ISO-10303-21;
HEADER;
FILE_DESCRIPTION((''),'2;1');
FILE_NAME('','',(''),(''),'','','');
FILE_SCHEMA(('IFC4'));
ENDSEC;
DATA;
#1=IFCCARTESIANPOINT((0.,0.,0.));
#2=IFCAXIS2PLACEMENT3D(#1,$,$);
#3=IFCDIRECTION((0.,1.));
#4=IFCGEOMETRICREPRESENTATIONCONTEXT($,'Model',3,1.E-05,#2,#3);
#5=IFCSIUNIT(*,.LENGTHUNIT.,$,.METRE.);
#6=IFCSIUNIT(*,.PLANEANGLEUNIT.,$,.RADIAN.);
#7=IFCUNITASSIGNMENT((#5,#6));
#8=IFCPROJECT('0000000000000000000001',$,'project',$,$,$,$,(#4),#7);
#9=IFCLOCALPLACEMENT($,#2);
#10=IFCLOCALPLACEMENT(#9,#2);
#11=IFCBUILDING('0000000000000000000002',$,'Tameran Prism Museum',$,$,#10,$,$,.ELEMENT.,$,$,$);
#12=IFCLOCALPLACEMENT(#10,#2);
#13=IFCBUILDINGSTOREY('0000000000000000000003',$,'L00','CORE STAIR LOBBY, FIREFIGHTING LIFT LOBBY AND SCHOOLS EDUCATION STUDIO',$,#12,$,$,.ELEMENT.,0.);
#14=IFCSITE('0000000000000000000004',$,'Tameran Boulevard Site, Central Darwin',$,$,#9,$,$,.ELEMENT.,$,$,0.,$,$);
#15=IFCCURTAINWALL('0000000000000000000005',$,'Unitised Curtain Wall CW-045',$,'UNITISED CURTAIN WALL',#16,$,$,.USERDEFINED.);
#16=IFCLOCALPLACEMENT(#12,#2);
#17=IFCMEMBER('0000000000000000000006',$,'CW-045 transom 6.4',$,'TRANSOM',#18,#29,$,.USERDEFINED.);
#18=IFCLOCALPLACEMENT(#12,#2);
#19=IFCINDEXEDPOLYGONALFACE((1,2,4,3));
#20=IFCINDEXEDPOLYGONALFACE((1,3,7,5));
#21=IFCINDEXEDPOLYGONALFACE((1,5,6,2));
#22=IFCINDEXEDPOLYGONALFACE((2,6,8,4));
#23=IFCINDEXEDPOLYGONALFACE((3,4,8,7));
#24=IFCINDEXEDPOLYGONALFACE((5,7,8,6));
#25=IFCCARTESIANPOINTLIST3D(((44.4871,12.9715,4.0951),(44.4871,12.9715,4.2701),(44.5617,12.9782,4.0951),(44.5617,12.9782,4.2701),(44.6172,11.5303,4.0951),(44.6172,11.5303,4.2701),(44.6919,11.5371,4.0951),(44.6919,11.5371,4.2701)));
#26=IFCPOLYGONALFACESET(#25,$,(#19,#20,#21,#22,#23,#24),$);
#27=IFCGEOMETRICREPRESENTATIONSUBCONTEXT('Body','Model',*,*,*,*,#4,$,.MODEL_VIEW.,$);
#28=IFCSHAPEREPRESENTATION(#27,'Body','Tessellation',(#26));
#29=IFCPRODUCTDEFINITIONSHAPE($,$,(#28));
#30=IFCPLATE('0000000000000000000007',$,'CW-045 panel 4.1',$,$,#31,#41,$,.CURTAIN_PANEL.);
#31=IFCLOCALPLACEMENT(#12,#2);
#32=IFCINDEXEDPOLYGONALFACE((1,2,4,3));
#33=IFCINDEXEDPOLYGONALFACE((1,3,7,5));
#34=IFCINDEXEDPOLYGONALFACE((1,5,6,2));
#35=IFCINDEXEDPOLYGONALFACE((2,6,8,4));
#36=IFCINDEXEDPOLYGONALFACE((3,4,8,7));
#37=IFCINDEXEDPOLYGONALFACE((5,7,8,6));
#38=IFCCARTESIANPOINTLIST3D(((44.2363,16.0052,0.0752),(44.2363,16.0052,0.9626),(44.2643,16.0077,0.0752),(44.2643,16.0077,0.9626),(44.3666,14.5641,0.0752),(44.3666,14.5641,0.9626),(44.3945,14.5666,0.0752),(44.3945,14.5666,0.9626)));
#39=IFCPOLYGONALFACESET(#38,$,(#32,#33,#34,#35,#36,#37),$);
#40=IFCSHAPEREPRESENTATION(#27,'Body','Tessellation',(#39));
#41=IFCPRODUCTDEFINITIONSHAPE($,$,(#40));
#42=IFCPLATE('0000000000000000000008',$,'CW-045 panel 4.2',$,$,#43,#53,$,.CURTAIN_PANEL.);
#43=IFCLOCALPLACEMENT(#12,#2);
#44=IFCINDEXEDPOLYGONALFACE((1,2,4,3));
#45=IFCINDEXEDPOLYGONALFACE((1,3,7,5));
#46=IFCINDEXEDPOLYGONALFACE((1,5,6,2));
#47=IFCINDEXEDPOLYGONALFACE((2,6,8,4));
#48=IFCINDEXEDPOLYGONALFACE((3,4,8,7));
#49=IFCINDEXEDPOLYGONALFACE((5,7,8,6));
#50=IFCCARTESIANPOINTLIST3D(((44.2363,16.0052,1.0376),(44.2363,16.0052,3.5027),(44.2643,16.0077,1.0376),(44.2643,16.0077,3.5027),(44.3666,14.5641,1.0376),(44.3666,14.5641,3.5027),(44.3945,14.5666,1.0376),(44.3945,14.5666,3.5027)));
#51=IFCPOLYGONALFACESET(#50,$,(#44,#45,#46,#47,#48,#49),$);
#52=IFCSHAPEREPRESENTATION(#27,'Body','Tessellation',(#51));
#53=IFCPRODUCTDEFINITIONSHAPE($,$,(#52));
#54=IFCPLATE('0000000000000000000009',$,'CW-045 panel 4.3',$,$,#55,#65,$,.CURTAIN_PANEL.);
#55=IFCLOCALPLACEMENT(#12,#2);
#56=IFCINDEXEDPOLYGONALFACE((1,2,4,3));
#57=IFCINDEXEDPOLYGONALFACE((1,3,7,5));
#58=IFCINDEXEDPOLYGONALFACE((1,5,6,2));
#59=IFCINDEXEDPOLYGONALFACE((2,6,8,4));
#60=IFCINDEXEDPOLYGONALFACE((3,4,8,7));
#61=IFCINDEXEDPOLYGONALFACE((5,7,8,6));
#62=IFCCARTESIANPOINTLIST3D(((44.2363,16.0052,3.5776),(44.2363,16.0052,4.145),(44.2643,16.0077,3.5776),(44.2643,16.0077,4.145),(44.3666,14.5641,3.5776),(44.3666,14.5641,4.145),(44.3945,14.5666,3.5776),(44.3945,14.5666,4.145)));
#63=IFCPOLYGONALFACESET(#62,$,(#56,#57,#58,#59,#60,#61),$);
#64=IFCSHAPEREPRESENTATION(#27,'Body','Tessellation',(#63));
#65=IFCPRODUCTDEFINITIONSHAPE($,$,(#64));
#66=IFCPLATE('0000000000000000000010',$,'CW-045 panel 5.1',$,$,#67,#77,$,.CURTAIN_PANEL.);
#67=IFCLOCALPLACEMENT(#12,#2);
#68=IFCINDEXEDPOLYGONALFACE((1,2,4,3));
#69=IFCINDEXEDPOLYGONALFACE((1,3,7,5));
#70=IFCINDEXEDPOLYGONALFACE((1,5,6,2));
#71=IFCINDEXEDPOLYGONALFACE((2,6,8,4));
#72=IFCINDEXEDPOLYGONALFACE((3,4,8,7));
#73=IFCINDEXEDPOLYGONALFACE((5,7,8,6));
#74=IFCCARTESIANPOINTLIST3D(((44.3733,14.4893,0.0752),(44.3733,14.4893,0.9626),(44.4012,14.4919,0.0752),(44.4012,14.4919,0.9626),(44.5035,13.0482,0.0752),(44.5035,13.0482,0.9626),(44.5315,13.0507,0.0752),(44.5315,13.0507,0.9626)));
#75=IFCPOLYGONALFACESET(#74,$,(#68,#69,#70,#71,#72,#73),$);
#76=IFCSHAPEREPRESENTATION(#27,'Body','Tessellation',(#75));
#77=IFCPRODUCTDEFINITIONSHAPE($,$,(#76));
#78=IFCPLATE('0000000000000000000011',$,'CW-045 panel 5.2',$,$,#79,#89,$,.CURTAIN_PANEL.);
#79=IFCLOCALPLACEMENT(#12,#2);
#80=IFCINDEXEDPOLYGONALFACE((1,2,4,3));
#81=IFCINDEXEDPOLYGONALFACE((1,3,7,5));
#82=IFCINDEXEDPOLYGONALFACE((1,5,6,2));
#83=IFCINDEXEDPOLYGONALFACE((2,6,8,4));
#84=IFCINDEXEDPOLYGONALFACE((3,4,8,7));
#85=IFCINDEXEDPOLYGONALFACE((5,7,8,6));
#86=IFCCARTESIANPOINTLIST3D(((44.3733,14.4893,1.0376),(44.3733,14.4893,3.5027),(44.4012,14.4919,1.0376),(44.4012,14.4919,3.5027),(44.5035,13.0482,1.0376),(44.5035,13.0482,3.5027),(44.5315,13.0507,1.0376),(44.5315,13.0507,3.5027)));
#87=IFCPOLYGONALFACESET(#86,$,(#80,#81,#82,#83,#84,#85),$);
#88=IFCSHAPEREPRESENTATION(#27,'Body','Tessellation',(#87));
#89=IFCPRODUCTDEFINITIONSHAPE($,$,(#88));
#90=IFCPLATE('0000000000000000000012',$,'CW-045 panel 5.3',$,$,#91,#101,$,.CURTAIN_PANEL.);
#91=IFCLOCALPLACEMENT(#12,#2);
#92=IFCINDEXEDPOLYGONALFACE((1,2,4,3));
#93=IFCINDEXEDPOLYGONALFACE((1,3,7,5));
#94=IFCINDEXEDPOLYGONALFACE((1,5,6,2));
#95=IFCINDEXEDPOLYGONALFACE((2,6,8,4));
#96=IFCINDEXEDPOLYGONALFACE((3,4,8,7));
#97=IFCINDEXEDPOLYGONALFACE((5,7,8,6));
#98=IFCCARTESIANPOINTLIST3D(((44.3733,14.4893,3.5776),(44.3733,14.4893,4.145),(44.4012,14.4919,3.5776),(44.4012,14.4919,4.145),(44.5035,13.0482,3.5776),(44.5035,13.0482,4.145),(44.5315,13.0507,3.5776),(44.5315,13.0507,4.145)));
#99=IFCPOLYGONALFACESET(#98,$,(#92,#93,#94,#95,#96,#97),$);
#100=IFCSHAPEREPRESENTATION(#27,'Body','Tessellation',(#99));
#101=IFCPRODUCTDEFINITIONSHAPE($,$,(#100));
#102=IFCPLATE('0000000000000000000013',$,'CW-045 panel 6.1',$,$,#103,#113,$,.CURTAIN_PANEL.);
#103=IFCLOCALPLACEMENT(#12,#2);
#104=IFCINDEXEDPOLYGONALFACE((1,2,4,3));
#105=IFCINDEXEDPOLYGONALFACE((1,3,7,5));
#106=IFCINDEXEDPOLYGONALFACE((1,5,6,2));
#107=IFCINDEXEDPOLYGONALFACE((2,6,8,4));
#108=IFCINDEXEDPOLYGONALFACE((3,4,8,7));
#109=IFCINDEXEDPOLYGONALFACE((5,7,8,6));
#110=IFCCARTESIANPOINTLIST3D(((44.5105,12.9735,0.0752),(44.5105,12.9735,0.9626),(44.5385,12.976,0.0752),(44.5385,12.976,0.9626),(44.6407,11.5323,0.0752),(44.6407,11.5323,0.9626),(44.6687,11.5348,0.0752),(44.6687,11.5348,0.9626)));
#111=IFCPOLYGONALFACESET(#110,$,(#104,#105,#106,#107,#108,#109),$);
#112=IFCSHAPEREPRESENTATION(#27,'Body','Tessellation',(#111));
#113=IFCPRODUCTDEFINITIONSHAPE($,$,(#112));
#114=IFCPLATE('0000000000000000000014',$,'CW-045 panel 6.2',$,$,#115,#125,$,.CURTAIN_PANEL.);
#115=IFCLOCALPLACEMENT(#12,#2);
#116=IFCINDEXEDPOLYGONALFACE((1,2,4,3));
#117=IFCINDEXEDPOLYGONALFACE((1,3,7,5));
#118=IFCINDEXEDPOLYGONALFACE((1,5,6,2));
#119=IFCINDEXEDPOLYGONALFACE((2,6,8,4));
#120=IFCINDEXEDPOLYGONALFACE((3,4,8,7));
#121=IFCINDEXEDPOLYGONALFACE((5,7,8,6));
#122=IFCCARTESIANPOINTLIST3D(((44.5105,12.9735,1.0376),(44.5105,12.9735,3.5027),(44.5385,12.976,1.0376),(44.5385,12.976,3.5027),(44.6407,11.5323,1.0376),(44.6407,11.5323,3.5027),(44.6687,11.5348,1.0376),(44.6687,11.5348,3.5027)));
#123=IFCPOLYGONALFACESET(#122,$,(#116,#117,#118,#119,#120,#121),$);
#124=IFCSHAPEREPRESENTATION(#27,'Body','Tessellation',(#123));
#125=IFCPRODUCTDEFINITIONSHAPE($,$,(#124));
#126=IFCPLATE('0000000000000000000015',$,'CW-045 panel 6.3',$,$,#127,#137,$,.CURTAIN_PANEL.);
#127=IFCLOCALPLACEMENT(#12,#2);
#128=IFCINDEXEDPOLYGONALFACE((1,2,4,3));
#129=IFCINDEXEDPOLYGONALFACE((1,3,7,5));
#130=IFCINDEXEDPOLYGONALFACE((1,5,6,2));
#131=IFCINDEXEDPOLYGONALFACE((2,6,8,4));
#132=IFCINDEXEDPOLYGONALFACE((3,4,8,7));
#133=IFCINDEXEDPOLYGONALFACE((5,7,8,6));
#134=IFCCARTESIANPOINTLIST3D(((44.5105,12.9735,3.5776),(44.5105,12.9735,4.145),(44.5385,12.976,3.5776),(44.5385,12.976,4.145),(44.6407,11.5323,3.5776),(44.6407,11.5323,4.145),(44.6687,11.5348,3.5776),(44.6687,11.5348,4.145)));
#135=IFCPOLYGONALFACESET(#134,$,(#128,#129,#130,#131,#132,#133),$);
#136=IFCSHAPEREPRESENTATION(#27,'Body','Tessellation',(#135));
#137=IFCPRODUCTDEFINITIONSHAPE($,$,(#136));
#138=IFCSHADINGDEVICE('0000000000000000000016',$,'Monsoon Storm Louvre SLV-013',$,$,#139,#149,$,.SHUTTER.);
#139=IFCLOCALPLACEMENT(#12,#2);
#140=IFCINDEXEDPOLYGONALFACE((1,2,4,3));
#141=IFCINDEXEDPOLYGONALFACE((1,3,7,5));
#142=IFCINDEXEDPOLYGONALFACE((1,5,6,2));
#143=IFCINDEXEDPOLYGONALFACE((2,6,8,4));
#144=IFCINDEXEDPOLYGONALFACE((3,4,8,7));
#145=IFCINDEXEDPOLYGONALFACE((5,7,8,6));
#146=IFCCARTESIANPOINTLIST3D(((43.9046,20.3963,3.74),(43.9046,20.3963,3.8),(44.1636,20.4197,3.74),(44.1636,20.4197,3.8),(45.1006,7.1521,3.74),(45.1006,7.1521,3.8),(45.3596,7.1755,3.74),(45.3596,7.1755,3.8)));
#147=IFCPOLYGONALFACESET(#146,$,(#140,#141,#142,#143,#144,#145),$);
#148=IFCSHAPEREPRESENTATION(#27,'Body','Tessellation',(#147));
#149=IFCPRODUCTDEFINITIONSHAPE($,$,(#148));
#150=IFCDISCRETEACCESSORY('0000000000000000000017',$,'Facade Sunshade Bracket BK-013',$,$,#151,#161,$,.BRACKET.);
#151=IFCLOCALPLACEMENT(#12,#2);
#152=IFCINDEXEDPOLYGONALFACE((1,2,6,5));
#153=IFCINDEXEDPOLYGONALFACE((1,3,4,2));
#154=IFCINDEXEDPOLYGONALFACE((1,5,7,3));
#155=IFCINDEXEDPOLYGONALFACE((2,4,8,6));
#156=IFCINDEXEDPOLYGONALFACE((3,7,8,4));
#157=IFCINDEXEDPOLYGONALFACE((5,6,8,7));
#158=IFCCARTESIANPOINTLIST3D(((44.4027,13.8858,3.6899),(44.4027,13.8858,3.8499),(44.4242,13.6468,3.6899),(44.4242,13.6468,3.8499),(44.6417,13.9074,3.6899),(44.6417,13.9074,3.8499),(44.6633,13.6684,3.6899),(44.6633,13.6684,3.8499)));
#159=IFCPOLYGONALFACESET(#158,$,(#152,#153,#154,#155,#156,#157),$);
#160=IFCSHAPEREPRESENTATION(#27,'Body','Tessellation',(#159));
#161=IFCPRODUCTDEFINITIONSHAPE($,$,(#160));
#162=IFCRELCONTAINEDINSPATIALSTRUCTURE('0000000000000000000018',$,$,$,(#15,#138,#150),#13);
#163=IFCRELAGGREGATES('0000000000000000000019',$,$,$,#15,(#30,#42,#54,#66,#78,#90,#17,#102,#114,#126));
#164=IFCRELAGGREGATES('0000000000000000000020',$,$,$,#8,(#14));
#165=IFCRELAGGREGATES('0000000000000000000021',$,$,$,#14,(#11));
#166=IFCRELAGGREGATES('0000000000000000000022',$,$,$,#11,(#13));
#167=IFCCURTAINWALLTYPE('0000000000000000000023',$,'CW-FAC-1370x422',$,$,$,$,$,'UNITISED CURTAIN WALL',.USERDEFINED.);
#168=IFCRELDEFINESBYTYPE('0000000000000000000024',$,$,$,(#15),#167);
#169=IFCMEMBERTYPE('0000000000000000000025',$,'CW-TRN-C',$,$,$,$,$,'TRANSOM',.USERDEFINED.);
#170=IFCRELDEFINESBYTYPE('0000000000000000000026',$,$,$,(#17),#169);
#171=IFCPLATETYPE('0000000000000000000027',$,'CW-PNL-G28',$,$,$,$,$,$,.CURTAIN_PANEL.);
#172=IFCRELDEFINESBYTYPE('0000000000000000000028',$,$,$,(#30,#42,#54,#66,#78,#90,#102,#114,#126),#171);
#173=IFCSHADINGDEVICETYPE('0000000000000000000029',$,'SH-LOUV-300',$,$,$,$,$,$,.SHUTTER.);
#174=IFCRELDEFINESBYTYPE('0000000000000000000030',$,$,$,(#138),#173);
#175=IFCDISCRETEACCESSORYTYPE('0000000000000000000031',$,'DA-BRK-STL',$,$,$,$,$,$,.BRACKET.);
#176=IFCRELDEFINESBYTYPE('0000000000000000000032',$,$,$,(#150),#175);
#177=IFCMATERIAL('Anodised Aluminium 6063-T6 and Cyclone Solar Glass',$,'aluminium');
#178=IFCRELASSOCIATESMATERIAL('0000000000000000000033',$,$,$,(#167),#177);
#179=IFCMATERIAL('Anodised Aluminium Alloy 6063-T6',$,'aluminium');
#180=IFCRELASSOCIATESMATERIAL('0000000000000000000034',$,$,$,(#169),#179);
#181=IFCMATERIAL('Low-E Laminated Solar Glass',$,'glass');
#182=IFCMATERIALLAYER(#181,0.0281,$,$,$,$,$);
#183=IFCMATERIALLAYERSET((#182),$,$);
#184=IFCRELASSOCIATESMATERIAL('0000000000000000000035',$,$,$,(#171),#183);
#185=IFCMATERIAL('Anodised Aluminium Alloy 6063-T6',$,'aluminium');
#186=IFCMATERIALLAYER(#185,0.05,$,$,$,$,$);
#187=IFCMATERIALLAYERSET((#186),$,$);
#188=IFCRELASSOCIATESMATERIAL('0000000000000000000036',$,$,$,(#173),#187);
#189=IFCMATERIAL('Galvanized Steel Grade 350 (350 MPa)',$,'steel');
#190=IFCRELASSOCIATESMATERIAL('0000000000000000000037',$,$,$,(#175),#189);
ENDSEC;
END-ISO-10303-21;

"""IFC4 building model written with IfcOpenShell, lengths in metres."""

from ifc_helpers import new_model, si_unit, direction, frame, origin, origin_2d, place, context, subcontext, project, spatial, rectangle, extrude, material, layer, layer_set, material_profile, profile_set, type_object, element, aggregate, save


model = new_model("IFC4")

# Units and contexts
model_context = context("Model", 3, precision=1e-05, world=origin(), true_north=direction((0.0, 1.0)))
body_context = subcontext(model_context, "Body", "Model", "MODEL_VIEW")
ifc_project = project(units=[si_unit("LENGTHUNIT", "METRE"), si_unit("PLANEANGLEUNIT", "RADIAN")], contexts=[model_context])

# Site, building, storey
site_placement = place(None, origin())
site = spatial("IfcSite", under=ifc_project, at=site_placement, Name="Tameran Boulevard Site, Central Darwin", CompositionType="ELEMENT", RefElevation=0.0)
building_placement = place(site_placement, origin())
building = spatial("IfcBuilding", under=site, at=building_placement, Name="Tameran Prism Museum", CompositionType="ELEMENT")
storey_placement = place(building_placement, origin())
storey = spatial("IfcBuildingStorey", under=building, at=storey_placement, Name="L00", Description="CORE STAIR LOBBY, FIREFIGHTING LIFT LOBBY AND SCHOOLS EDUCATION STUDIO", CompositionType="ELEMENT", Elevation=0.0)

# Curtain wall, member, plates
ifc_material_1 = material(Name="Anodised Aluminium 6063-T6 and Cyclone Solar Glass", Category="aluminium")
curtain_wall_type = type_object("IfcCurtainWallType", Name="CW-FAC-1370x422", ElementType="UNITISED CURTAIN WALL", PredefinedType="USERDEFINED", material=ifc_material_1)
curtain_wall_placement = place(storey_placement, origin())
curtain_wall = element("IfcCurtainWall", 1, at=curtain_wall_placement, inside=storey, type_object=curtain_wall_type, Name="Unitised Curtain Wall CW-045", ObjectType="UNITISED CURTAIN WALL", PredefinedType="USERDEFINED")
ifc_material_2 = material(Name="Anodised Aluminium Alloy 6063-T6", Category="aluminium")
ifc_material_profile_1 = material_profile(ifc_material_2, rectangle(XDim=0.075, YDim=0.175, at=origin_2d()))
ifc_profile_set_1 = profile_set([ifc_material_profile_1])
member_type_1 = type_object("IfcMemberType", Name="CW-TRN-C", ElementType="TRANSOM", PredefinedType="USERDEFINED", material=ifc_profile_set_1)
member_1_placement = place(storey_placement, frame((44.5244, 12.9749, 4.1826), z_axis=(0.089927, -0.995948, 0.0), x_axis=(0.995948, 0.089927, 0.0)))
member_1 = element("IfcMember", 2, at=member_1_placement, type_object=member_type_1, Name="CW-045 transom 6.4", ObjectType="TRANSOM", PredefinedType="USERDEFINED", context=body_context, shape_type="SweptSolid", body=[
    extrude(rectangle(XDim=0.075, YDim=0.175, at=origin_2d()), origin(), (0.0, 0.0, 1.0), 1.447),
])
ifc_material_3 = material(Name="Low-E Laminated Solar Glass", Category="glass")
ifc_layer_1 = layer(ifc_material_3, 0.0281)
ifc_layer_set_1 = layer_set([ifc_layer_1])
plate_type = type_object("IfcPlateType", Name="CW-PNL-G28", PredefinedType="CURTAIN_PANEL", material=ifc_layer_set_1)
plate_1_placement = place(storey_placement, frame((44.3154, 15.2859, 0.0752), z_axis=(0.0, 0.0, 1.0), x_axis=(0.090016, -0.99594, 0.0)))
plate_1 = element("IfcPlate", 3, at=plate_1_placement, type_object=plate_type, Name="CW-045 panel 4.1", PredefinedType="CURTAIN_PANEL", context=body_context, shape_type="SweptSolid", body=[
    extrude(rectangle(XDim=1.447, YDim=0.0281, at=origin_2d()), origin(), (0.0, 0.0, 1.0), 0.8875),
])
plate_2_placement = place(storey_placement, frame((44.3154, 15.2859, 1.0376), z_axis=(0.0, 0.0, 1.0), x_axis=(0.090016, -0.99594, 0.0)))
plate_2 = element("IfcPlate", 4, at=plate_2_placement, type_object=plate_type, Name="CW-045 panel 4.2", PredefinedType="CURTAIN_PANEL", context=body_context, shape_type="SweptSolid", body=[
    extrude(rectangle(XDim=1.447, YDim=0.0281, at=origin_2d()), origin(), (0.0, 0.0, 1.0), 2.4651),
])
plate_3_placement = place(storey_placement, frame((44.3154, 15.2859, 3.5776), z_axis=(0.0, 0.0, 1.0), x_axis=(0.090016, -0.99594, 0.0)))
plate_3 = element("IfcPlate", 5, at=plate_3_placement, type_object=plate_type, Name="CW-045 panel 4.3", PredefinedType="CURTAIN_PANEL", context=body_context, shape_type="SweptSolid", body=[
    extrude(rectangle(XDim=1.447, YDim=0.0281, at=origin_2d()), origin(), (0.0, 0.0, 1.0), 0.5674),
])
plate_4_placement = place(storey_placement, frame((44.4524, 13.77, 0.0752), z_axis=(0.0, 0.0, 1.0), x_axis=(0.090016, -0.99594, 0.0)))
plate_4 = element("IfcPlate", 6, at=plate_4_placement, type_object=plate_type, Name="CW-045 panel 5.1", PredefinedType="CURTAIN_PANEL", context=body_context, shape_type="SweptSolid", body=[
    extrude(rectangle(XDim=1.447, YDim=0.0281, at=origin_2d()), origin(), (0.0, 0.0, 1.0), 0.8875),
])
plate_5_placement = place(storey_placement, frame((44.4524, 13.77, 1.0376), z_axis=(0.0, 0.0, 1.0), x_axis=(0.090016, -0.99594, 0.0)))
plate_5 = element("IfcPlate", 7, at=plate_5_placement, type_object=plate_type, Name="CW-045 panel 5.2", PredefinedType="CURTAIN_PANEL", context=body_context, shape_type="SweptSolid", body=[
    extrude(rectangle(XDim=1.447, YDim=0.0281, at=origin_2d()), origin(), (0.0, 0.0, 1.0), 2.4651),
])
plate_6_placement = place(storey_placement, frame((44.4524, 13.77, 3.5776), z_axis=(0.0, 0.0, 1.0), x_axis=(0.090016, -0.99594, 0.0)))
plate_6 = element("IfcPlate", 8, at=plate_6_placement, type_object=plate_type, Name="CW-045 panel 5.3", PredefinedType="CURTAIN_PANEL", context=body_context, shape_type="SweptSolid", body=[
    extrude(rectangle(XDim=1.447, YDim=0.0281, at=origin_2d()), origin(), (0.0, 0.0, 1.0), 0.5674),
])
plate_7_placement = place(storey_placement, frame((44.5896, 12.2542, 0.0752), z_axis=(0.0, 0.0, 1.0), x_axis=(0.090016, -0.99594, 0.0)))
plate_7 = element("IfcPlate", 9, at=plate_7_placement, type_object=plate_type, Name="CW-045 panel 6.1", PredefinedType="CURTAIN_PANEL", context=body_context, shape_type="SweptSolid", body=[
    extrude(rectangle(XDim=1.447, YDim=0.0281, at=origin_2d()), origin(), (0.0, 0.0, 1.0), 0.8875),
])
plate_8_placement = place(storey_placement, frame((44.5896, 12.2542, 1.0376), z_axis=(0.0, 0.0, 1.0), x_axis=(0.090016, -0.99594, 0.0)))
plate_8 = element("IfcPlate", 10, at=plate_8_placement, type_object=plate_type, Name="CW-045 panel 6.2", PredefinedType="CURTAIN_PANEL", context=body_context, shape_type="SweptSolid", body=[
    extrude(rectangle(XDim=1.447, YDim=0.0281, at=origin_2d()), origin(), (0.0, 0.0, 1.0), 2.4651),
])
plate_9_placement = place(storey_placement, frame((44.5896, 12.2542, 3.5776), z_axis=(0.0, 0.0, 1.0), x_axis=(0.090016, -0.99594, 0.0)))
plate_9 = element("IfcPlate", 11, at=plate_9_placement, type_object=plate_type, Name="CW-045 panel 6.3", PredefinedType="CURTAIN_PANEL", context=body_context, shape_type="SweptSolid", body=[
    extrude(rectangle(XDim=1.447, YDim=0.0281, at=origin_2d()), origin(), (0.0, 0.0, 1.0), 0.5674),
])
aggregate(curtain_wall, [plate_1, plate_2, plate_3, plate_4, plate_5, plate_6, member_1, plate_7, plate_8, plate_9])

# Shading device
ifc_material_4 = material(Name="Anodised Aluminium Alloy 6063-T6", Category="aluminium")
ifc_layer_2 = layer(ifc_material_4, 0.05)
ifc_layer_set_2 = layer_set([ifc_layer_2])
shading_device_type = type_object("IfcShadingDeviceType", Name="SH-LOUV-300", PredefinedType="SHUTTER", material=ifc_layer_set_2)
shading_device_placement = place(storey_placement, frame((44.6321, 13.7859, 3.74), z_axis=(0.0, 0.0, 1.0), x_axis=(0.089937, -0.995947, 0.0)))
element("IfcShadingDevice", 12, at=shading_device_placement, inside=storey, type_object=shading_device_type, Name="Monsoon Storm Louvre SLV-013", PredefinedType="SHUTTER", context=body_context, shape_type="SweptSolid", body=[
    extrude(rectangle(XDim=13.2981, YDim=0.26, at=origin_2d()), origin(), (0.0, 0.0, 1.0), 0.0601),
])

# Discrete accessory
ifc_material_5 = material(Name="Galvanized Steel Grade 350 (350 MPa)", Category="steel")
discrete_accessory_type = type_object("IfcDiscreteAccessoryType", Name="DA-BRK-STL", PredefinedType="BRACKET", material=ifc_material_5)
discrete_accessory_placement = place(storey_placement, frame((44.533, 13.7771, 3.6899), z_axis=(0.0, 0.0, 1.0), x_axis=(0.089937, -0.995947, 0.0)))
element("IfcDiscreteAccessory", 13, at=discrete_accessory_placement, inside=storey, type_object=discrete_accessory_type, Name="Facade Sunshade Bracket BK-013", PredefinedType="BRACKET", context=body_context, shape_type="SweptSolid", body=[
    extrude(rectangle(XDim=0.24, YDim=0.24, at=origin_2d()), origin(), (0.0, 0.0, 1.0), 0.1599),
])

save(model, "model.ifc")
